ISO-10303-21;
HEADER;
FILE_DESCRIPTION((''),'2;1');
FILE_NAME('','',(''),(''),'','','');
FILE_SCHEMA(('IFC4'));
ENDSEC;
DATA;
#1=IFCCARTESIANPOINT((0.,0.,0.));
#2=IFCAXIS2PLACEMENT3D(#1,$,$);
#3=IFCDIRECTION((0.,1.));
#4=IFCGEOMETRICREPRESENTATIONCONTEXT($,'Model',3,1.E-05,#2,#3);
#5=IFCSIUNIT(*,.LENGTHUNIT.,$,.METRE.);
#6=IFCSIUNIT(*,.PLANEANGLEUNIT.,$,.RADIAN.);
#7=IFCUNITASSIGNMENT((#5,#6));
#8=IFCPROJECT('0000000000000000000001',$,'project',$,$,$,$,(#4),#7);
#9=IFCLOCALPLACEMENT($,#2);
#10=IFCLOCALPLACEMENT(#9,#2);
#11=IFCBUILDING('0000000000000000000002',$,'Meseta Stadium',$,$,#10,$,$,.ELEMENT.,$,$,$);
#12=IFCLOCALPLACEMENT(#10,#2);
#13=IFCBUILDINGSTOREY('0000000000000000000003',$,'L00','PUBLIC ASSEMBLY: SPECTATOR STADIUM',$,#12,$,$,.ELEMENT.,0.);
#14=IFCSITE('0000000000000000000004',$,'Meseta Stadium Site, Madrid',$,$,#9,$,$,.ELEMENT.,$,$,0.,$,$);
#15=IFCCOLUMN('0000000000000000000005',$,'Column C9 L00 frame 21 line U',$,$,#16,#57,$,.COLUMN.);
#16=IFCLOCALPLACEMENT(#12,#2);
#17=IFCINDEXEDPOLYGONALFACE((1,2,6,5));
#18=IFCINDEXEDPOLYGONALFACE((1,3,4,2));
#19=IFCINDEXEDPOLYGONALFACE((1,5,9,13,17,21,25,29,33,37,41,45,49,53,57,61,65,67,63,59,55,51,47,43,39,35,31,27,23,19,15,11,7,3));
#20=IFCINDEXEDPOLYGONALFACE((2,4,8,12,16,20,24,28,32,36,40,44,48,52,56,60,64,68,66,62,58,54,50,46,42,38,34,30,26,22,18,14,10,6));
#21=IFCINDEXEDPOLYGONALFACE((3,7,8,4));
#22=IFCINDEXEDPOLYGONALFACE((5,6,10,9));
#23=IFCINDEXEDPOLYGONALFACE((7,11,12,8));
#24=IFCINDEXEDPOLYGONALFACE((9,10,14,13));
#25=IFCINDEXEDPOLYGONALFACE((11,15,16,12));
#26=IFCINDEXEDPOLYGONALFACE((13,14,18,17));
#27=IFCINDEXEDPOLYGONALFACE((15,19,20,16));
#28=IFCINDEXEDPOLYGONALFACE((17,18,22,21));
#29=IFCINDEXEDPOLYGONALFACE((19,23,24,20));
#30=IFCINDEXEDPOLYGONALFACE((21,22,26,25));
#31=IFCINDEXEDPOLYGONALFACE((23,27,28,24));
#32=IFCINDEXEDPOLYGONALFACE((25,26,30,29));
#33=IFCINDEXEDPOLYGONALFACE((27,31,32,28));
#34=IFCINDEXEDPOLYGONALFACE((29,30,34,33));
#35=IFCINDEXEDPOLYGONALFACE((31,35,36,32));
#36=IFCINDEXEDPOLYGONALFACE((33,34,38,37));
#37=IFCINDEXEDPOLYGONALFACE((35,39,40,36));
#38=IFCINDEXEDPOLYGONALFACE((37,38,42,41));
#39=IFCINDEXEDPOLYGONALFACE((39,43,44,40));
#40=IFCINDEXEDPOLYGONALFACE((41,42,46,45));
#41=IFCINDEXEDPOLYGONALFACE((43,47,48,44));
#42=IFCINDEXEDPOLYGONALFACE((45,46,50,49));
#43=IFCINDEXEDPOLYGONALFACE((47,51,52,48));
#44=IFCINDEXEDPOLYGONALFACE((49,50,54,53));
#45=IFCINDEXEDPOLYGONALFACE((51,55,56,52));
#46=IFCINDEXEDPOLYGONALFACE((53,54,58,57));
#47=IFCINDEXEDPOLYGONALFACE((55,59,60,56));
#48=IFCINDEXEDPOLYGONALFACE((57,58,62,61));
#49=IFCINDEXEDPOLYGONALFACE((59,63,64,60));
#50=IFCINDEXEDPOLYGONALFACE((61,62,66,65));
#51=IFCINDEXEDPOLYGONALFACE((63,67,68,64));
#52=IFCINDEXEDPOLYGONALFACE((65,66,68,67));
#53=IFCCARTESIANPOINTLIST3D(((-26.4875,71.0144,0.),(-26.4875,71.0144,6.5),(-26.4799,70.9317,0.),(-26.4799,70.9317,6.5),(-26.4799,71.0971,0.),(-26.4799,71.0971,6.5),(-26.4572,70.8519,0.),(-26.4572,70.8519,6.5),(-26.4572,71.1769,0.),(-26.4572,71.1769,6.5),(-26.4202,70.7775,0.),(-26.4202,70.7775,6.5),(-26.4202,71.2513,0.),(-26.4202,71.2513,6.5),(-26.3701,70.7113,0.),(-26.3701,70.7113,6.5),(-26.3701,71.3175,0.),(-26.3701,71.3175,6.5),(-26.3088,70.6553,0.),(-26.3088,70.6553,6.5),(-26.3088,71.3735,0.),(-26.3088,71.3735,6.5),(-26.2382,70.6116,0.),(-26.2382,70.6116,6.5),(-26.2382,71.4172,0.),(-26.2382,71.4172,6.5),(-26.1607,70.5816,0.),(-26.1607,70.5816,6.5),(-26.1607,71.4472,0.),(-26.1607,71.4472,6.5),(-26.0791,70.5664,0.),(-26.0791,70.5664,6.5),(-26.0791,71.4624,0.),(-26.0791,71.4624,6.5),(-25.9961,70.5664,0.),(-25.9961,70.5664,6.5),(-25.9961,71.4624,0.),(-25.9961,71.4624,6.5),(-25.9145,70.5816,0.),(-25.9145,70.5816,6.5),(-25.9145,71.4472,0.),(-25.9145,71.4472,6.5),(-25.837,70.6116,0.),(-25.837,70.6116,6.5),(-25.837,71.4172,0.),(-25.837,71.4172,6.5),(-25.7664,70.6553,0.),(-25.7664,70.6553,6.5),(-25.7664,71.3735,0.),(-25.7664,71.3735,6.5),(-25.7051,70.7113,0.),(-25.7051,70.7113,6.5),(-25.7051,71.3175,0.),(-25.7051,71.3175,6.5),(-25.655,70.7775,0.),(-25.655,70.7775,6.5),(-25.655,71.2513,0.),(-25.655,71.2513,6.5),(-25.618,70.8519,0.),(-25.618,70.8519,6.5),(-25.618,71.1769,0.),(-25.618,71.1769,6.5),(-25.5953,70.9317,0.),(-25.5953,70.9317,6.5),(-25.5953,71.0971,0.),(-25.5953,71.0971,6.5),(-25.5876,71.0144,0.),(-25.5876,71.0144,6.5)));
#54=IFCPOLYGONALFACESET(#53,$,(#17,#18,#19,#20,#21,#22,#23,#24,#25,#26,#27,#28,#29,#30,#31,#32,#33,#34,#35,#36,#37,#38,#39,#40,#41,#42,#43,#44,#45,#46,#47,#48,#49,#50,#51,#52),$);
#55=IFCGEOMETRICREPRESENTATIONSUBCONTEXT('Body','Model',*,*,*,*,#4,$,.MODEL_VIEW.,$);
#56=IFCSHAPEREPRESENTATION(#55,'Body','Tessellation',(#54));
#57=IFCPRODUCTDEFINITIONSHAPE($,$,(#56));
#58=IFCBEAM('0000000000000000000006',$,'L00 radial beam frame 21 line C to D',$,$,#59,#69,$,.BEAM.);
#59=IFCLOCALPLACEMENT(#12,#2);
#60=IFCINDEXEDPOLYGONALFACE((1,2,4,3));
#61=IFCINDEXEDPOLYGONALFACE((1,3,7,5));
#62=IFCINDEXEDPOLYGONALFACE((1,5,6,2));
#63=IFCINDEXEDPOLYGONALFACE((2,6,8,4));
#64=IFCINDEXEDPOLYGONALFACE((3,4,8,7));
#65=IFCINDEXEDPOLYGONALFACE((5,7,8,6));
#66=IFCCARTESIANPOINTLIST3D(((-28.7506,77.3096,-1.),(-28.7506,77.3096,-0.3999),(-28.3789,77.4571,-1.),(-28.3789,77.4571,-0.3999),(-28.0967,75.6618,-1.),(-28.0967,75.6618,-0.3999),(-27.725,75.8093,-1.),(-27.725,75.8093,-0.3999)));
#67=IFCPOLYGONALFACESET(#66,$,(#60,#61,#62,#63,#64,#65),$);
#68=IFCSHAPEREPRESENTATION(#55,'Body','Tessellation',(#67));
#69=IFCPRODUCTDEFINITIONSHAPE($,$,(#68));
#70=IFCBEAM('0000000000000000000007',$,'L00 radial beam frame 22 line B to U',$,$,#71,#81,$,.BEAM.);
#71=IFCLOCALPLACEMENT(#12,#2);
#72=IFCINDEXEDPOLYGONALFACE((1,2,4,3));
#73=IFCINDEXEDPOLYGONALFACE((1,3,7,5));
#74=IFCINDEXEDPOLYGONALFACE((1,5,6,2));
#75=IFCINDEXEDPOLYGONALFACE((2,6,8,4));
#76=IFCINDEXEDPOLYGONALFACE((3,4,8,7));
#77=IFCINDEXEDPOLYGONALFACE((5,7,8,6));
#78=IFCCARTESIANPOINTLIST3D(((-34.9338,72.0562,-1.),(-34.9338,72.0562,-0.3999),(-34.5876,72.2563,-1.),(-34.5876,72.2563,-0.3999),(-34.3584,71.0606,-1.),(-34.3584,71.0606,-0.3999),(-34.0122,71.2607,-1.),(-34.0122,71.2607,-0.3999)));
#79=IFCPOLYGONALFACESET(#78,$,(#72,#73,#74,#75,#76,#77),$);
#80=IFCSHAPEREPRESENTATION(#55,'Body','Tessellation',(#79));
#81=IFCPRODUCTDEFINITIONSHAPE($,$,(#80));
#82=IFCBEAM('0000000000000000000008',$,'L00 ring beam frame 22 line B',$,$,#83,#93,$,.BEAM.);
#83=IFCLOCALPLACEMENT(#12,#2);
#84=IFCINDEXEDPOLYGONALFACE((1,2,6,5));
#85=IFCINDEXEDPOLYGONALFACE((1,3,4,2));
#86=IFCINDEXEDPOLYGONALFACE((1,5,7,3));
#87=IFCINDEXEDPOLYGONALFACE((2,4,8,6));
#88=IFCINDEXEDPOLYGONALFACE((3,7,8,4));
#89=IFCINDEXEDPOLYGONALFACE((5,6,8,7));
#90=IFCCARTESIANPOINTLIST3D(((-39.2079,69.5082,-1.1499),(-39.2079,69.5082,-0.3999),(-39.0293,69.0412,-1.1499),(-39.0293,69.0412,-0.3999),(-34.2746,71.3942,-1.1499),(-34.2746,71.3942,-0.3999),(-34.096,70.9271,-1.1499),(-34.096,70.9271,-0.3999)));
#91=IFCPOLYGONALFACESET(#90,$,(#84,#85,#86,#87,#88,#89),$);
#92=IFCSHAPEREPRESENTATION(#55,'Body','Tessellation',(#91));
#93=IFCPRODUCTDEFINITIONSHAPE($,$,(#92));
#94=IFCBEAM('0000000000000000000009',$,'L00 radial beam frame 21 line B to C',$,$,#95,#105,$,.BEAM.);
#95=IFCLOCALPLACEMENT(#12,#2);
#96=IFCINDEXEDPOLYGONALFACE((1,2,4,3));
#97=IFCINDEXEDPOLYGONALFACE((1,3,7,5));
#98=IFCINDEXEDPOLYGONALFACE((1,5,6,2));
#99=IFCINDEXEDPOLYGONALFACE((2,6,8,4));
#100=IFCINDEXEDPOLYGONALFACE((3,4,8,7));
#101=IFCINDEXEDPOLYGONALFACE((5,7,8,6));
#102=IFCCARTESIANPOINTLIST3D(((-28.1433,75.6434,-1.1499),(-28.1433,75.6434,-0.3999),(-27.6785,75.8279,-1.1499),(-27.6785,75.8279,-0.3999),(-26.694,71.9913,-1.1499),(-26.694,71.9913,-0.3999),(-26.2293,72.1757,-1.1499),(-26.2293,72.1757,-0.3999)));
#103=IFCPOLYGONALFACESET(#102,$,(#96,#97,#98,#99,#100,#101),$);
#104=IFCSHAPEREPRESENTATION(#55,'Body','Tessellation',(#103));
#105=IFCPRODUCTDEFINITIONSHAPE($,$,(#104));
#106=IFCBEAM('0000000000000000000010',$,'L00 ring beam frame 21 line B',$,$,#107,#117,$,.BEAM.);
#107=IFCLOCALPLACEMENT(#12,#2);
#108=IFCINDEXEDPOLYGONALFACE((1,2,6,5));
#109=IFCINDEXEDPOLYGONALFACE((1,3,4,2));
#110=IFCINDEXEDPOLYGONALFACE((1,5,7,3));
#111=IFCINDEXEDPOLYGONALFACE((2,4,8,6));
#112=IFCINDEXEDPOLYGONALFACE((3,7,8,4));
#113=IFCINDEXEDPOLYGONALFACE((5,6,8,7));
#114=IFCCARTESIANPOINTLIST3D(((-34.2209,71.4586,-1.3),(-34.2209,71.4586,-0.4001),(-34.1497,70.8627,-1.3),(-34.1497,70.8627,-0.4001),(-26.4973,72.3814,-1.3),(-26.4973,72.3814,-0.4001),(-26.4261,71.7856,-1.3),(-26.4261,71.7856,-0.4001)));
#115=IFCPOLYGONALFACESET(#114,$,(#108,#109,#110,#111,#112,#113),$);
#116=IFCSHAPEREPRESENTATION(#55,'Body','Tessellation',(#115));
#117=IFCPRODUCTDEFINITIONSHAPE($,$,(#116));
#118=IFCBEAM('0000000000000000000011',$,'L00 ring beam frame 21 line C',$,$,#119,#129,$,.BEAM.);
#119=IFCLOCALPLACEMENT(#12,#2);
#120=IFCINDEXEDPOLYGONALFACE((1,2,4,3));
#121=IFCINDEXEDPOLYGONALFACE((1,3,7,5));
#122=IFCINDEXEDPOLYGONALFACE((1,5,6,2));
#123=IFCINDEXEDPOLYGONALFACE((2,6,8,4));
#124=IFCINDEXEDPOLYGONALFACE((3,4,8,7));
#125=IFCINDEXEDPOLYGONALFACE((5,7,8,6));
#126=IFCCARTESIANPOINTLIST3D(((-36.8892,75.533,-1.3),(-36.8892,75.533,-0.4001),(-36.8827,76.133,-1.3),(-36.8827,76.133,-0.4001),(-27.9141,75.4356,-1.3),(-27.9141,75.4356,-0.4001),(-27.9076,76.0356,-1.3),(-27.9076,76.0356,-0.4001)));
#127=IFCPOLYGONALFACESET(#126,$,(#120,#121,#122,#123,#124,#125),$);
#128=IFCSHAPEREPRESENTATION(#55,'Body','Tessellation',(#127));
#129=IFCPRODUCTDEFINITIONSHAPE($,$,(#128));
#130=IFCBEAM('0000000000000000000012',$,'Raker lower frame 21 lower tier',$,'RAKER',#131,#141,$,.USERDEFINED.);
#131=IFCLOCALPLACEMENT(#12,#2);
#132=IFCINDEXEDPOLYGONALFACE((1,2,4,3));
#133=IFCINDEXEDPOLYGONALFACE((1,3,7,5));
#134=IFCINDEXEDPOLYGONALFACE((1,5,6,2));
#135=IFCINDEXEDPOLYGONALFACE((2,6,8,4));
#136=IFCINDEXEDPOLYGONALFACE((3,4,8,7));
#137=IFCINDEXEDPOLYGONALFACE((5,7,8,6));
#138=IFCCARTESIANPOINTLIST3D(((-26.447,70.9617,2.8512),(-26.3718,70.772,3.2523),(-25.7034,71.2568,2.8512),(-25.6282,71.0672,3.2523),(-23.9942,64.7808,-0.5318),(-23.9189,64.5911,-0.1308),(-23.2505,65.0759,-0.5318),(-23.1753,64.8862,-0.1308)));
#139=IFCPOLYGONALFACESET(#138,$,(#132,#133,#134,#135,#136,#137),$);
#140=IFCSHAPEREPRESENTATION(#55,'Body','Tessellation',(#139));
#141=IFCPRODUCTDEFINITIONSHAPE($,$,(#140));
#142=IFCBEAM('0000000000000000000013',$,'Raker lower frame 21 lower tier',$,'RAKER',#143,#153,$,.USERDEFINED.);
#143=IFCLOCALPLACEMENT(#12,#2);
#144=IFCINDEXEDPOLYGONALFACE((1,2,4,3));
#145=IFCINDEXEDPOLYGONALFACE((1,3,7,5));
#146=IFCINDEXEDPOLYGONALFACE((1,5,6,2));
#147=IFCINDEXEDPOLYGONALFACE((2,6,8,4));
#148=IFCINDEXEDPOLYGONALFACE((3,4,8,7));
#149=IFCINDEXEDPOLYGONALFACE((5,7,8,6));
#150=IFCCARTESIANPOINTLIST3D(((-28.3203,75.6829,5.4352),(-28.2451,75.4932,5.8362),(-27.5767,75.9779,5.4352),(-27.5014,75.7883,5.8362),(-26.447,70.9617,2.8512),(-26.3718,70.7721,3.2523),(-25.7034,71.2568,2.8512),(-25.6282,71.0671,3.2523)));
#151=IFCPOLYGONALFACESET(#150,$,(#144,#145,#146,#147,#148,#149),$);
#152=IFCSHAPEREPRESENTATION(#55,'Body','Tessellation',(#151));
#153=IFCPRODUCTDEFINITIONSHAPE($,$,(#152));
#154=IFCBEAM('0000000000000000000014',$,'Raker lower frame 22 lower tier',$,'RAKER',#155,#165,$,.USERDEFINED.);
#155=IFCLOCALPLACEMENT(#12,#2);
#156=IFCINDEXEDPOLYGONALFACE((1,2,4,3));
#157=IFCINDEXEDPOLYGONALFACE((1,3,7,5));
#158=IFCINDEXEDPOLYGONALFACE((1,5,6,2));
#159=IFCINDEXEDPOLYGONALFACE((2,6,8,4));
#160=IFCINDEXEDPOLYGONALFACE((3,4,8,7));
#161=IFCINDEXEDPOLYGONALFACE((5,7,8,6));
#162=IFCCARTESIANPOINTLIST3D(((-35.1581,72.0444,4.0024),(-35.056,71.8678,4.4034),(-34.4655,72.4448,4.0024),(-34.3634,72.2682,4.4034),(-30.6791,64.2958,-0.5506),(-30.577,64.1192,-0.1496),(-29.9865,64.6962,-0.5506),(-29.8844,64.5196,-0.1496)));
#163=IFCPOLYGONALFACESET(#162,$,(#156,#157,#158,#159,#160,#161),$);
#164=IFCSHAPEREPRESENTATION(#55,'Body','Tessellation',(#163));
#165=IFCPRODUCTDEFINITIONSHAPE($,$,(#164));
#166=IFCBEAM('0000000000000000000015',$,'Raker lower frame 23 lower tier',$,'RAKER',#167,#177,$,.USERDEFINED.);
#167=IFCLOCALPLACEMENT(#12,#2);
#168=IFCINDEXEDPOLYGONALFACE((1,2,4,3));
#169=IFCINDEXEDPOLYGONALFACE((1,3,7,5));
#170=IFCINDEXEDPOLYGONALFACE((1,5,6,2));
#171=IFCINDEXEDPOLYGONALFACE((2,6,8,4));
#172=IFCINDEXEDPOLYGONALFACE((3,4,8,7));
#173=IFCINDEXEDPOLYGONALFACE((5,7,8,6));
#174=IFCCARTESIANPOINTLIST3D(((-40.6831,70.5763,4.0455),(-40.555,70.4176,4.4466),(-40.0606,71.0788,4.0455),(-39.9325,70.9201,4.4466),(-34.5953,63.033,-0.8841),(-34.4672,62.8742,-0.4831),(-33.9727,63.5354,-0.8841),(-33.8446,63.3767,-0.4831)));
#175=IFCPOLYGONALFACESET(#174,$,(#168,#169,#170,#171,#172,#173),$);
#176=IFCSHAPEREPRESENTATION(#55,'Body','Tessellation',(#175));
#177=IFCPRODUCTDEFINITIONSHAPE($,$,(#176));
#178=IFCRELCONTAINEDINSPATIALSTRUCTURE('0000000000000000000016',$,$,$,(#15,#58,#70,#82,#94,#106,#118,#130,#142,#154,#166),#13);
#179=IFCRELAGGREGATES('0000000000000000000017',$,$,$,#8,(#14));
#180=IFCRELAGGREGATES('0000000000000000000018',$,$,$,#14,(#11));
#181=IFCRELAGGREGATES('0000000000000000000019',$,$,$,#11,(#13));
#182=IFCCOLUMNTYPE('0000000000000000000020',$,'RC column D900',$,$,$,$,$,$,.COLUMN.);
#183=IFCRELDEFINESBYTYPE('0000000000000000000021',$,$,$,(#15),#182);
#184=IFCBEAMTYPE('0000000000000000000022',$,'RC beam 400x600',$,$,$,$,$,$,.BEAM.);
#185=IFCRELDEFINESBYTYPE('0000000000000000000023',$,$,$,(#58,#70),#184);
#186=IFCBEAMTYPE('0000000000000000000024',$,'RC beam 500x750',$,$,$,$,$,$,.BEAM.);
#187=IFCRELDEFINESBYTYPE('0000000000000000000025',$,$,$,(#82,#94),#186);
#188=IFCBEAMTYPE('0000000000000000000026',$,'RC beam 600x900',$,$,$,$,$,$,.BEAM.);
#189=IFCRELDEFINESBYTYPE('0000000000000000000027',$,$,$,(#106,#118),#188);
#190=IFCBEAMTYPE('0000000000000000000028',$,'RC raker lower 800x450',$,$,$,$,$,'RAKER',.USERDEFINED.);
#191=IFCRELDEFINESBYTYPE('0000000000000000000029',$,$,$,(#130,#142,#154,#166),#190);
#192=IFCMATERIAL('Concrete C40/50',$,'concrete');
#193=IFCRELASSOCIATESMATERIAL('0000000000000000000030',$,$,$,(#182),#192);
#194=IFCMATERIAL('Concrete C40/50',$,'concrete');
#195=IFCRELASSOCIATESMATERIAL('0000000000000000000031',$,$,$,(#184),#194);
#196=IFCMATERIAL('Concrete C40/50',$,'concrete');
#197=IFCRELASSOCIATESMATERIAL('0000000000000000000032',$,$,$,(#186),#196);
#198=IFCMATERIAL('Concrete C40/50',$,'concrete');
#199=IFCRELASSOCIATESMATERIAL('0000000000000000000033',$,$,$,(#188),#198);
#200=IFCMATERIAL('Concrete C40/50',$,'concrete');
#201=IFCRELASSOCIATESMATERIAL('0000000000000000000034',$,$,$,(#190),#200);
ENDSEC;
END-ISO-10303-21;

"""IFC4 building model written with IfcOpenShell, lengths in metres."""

from ifc_helpers import new_model, si_unit, direction, frame, origin, origin_2d, place, context, subcontext, project, spatial, rectangle, circle, extrude, material, material_profile, profile_set, type_object, element, save


model = new_model("IFC4")

# Units and contexts
model_context = context("Model", 3, precision=1e-05, world=origin(), true_north=direction((0.0, 1.0)))
body_context = subcontext(model_context, "Body", "Model", "MODEL_VIEW")
ifc_project = project(units=[si_unit("LENGTHUNIT", "METRE"), si_unit("PLANEANGLEUNIT", "RADIAN")], contexts=[model_context])

# Site, building, storey
site_placement = place(None, origin())
site = spatial("IfcSite", under=ifc_project, at=site_placement, Name="Meseta Stadium Site, Madrid", CompositionType="ELEMENT", RefElevation=0.0)
building_placement = place(site_placement, origin())
building = spatial("IfcBuilding", under=site, at=building_placement, Name="Meseta Stadium", CompositionType="ELEMENT")
storey_placement = place(building_placement, origin())
storey = spatial("IfcBuildingStorey", under=building, at=storey_placement, Name="L00", Description="PUBLIC ASSEMBLY: SPECTATOR STADIUM", CompositionType="ELEMENT", Elevation=0.0)

# Column
ifc_material_1 = material(Name="Concrete C40/50", Category="concrete")
ifc_material_profile_1 = material_profile(ifc_material_1, circle(Radius=0.45, at=origin_2d()), Name="RC D900")
ifc_profile_set_1 = profile_set([ifc_material_profile_1], Name="Concrete C40/50")
column_type_1 = type_object("IfcColumnType", Name="RC column D900", PredefinedType="COLUMN", material=ifc_profile_set_1)
column_1_placement = place(storey_placement, frame((-26.0376, 71.0144, 0.0), z_axis=(0.0, 0.0, 1.0), x_axis=(1.0, 0.0, 0.0)))
element("IfcColumn", 1, at=column_1_placement, inside=storey, type_object=column_type_1, Name="Column C9 L00 frame 21 line U", PredefinedType="COLUMN", context=body_context, shape_type="SweptSolid", body=[
    extrude(circle(Radius=0.45, at=origin_2d()), origin(), (0.0, 0.0, 1.0), 6.5),
])

# Beams
ifc_material_2 = material(Name="Concrete C40/50", Category="concrete")
ifc_material_profile_2 = material_profile(ifc_material_2, rectangle(XDim=0.3999, YDim=0.6001, at=origin_2d()), Name="RC 400x600")
ifc_profile_set_2 = profile_set([ifc_material_profile_2], Name="Concrete C40/50")
beam_type_1 = type_object("IfcBeamType", Name="RC beam 400x600", PredefinedType="BEAM", material=ifc_profile_set_2)
beam_1_placement = place(storey_placement, frame((-27.9109, 75.7356, -0.7), z_axis=(-0.368825, 0.929499, 0.0), x_axis=(-0.929499, -0.368825, 0.0)))
element("IfcBeam", 2, at=beam_1_placement, inside=storey, type_object=beam_type_1, Name="L00 radial beam frame 21 line C to D", PredefinedType="BEAM", context=body_context, shape_type="SweptSolid", body=[
    extrude(rectangle(XDim=0.3999, YDim=0.6001, at=origin_2d()), origin(), (0.0, 0.0, 1.0), 1.7727),
])
beam_2_placement = place(storey_placement, frame((-34.1853, 71.1606, -0.7), z_axis=(-0.500408, 0.865789, 0.0), x_axis=(-0.865789, -0.500408, 0.0)))
element("IfcBeam", 3, at=beam_2_placement, inside=storey, type_object=beam_type_1, Name="L00 radial beam frame 22 line B to U", PredefinedType="BEAM", context=body_context, shape_type="SweptSolid", body=[
    extrude(rectangle(XDim=0.3999, YDim=0.6001, at=origin_2d()), origin(), (0.0, 0.0, 1.0), 1.1499),
])
ifc_material_3 = material(Name="Concrete C40/50", Category="concrete")
ifc_material_profile_3 = material_profile(ifc_material_3, rectangle(XDim=0.5, YDim=0.75, at=origin_2d()), Name="RC 500x750")
ifc_profile_set_3 = profile_set([ifc_material_profile_3], Name="Concrete C40/50")
beam_type_2 = type_object("IfcBeamType", Name="RC beam 500x750", PredefinedType="BEAM", material=ifc_profile_set_3)
beam_3_placement = place(storey_placement, frame((-34.1853, 71.1606, -0.7749), z_axis=(-0.93407, -0.357089, 0.0), x_axis=(0.357089, -0.93407, 0.0)))
element("IfcBeam", 4, at=beam_3_placement, inside=storey, type_object=beam_type_2, Name="L00 ring beam frame 22 line B", PredefinedType="BEAM", context=body_context, shape_type="SweptSolid", body=[
    extrude(rectangle(XDim=0.5, YDim=0.75, at=origin_2d()), origin(), (0.0, 0.0, 1.0), 5.2815),
])
beam_4_placement = place(storey_placement, frame((-26.4617, 72.0835, -0.7749), z_axis=(-0.36884, 0.929493, 0.0), x_axis=(-0.929493, -0.36884, 0.0)))
element("IfcBeam", 5, at=beam_4_placement, inside=storey, type_object=beam_type_2, Name="L00 radial beam frame 21 line B to C", PredefinedType="BEAM", context=body_context, shape_type="SweptSolid", body=[
    extrude(rectangle(XDim=0.5, YDim=0.75, at=origin_2d()), origin(), (0.0, 0.0, 1.0), 3.9292),
])
ifc_material_4 = material(Name="Concrete C40/50", Category="concrete")
ifc_material_profile_4 = material_profile(ifc_material_4, rectangle(XDim=0.6001, YDim=0.8999, at=origin_2d()), Name="RC 600x900")
ifc_profile_set_4 = profile_set([ifc_material_profile_4], Name="Concrete C40/50")
beam_type_3 = type_object("IfcBeamType", Name="RC beam 600x900", PredefinedType="BEAM", material=ifc_profile_set_4)
beam_5_placement = place(storey_placement, frame((-26.4617, 72.0835, -0.8501), z_axis=(-0.992937, -0.11864, 0.0), x_axis=(0.11864, -0.992937, 0.0)))
element("IfcBeam", 6, at=beam_5_placement, inside=storey, type_object=beam_type_3, Name="L00 ring beam frame 21 line B", PredefinedType="BEAM", context=body_context, shape_type="SweptSolid", body=[
    extrude(rectangle(XDim=0.6001, YDim=0.8999, at=origin_2d()), origin(), (0.0, 0.0, 1.0), 7.7786),
])
beam_6_placement = place(storey_placement, frame((-27.9109, 75.7356, -0.8501), z_axis=(-0.999941, 0.010853, 0.0), x_axis=(-0.010853, -0.999941, 0.0)))
element("IfcBeam", 7, at=beam_6_placement, inside=storey, type_object=beam_type_3, Name="L00 ring beam frame 21 line C", PredefinedType="BEAM", context=body_context, shape_type="SweptSolid", body=[
    extrude(rectangle(XDim=0.6001, YDim=0.8999, at=origin_2d()), origin(), (0.0, 0.0, 1.0), 8.9756),
])
ifc_material_5 = material(Name="Concrete C40/50", Category="concrete")
ifc_material_profile_5 = material_profile(ifc_material_5, rectangle(XDim=0.8, YDim=0.45, at=origin_2d()), Name="RC 800x450")
ifc_profile_set_5 = profile_set([ifc_material_profile_5], Name="Concrete C40/50")
beam_type_4 = type_object("IfcBeamType", Name="RC raker lower 800x450", ElementType="RAKER", PredefinedType="USERDEFINED", material=ifc_profile_set_5)
beam_7_placement = place(storey_placement, frame((-23.5847, 64.8335, -0.3313), z_axis=(-0.328764, 0.828438, 0.453437), x_axis=(-0.929484, -0.368864, 0.0)))
element("IfcBeam", 8, at=beam_7_placement, inside=storey, type_object=beam_type_4, Name="Raker lower frame 21 lower tier", ObjectType="RAKER", PredefinedType="USERDEFINED", context=body_context, shape_type="SweptSolid", body=[
    extrude(rectangle(XDim=0.8, YDim=0.45, at=origin_2d()), origin(), (0.0, 0.0, 1.0), 7.4609),
])
beam_8_placement = place(storey_placement, frame((-26.0376, 71.0144, 3.0518), z_axis=(-0.328719, 0.82846, 0.453429), x_axis=(-0.929504, -0.368812, 0.0)))
element("IfcBeam", 9, at=beam_8_placement, inside=storey, type_object=beam_type_4, Name="Raker lower frame 21 lower tier", ObjectType="RAKER", PredefinedType="USERDEFINED", context=body_context, shape_type="SweptSolid", body=[
    extrude(rectangle(XDim=0.8, YDim=0.45, at=origin_2d()), origin(), (0.0, 0.0, 1.0), 5.6987),
])
beam_9_placement = place(storey_placement, frame((-30.2817, 64.4077, -0.3501), z_axis=(-0.446051, 0.771654, 0.453418), x_axis=(-0.865765, -0.500451, 0.0)))
element("IfcBeam", 10, at=beam_9_placement, inside=storey, type_object=beam_type_4, Name="Raker lower frame 22 lower tier", ObjectType="RAKER", PredefinedType="USERDEFINED", context=body_context, shape_type="SweptSolid", body=[
    extrude(rectangle(XDim=0.8, YDim=0.45, at=origin_2d()), origin(), (0.0, 0.0, 1.0), 10.0415),
])
beam_10_placement = place(storey_placement, frame((-34.22, 63.2048, -0.6836), z_axis=(-0.5598, 0.693644, 0.4533), x_axis=(-0.778188, -0.628031, 0.0)))
element("IfcBeam", 11, at=beam_10_placement, inside=storey, type_object=beam_type_4, Name="Raker lower frame 23 lower tier", ObjectType="RAKER", PredefinedType="USERDEFINED", context=body_context, shape_type="SweptSolid", body=[
    extrude(rectangle(XDim=0.8, YDim=0.45, at=origin_2d()), origin(), (0.0, 0.0, 1.0), 10.875),
])

save(model, "model.ifc")
